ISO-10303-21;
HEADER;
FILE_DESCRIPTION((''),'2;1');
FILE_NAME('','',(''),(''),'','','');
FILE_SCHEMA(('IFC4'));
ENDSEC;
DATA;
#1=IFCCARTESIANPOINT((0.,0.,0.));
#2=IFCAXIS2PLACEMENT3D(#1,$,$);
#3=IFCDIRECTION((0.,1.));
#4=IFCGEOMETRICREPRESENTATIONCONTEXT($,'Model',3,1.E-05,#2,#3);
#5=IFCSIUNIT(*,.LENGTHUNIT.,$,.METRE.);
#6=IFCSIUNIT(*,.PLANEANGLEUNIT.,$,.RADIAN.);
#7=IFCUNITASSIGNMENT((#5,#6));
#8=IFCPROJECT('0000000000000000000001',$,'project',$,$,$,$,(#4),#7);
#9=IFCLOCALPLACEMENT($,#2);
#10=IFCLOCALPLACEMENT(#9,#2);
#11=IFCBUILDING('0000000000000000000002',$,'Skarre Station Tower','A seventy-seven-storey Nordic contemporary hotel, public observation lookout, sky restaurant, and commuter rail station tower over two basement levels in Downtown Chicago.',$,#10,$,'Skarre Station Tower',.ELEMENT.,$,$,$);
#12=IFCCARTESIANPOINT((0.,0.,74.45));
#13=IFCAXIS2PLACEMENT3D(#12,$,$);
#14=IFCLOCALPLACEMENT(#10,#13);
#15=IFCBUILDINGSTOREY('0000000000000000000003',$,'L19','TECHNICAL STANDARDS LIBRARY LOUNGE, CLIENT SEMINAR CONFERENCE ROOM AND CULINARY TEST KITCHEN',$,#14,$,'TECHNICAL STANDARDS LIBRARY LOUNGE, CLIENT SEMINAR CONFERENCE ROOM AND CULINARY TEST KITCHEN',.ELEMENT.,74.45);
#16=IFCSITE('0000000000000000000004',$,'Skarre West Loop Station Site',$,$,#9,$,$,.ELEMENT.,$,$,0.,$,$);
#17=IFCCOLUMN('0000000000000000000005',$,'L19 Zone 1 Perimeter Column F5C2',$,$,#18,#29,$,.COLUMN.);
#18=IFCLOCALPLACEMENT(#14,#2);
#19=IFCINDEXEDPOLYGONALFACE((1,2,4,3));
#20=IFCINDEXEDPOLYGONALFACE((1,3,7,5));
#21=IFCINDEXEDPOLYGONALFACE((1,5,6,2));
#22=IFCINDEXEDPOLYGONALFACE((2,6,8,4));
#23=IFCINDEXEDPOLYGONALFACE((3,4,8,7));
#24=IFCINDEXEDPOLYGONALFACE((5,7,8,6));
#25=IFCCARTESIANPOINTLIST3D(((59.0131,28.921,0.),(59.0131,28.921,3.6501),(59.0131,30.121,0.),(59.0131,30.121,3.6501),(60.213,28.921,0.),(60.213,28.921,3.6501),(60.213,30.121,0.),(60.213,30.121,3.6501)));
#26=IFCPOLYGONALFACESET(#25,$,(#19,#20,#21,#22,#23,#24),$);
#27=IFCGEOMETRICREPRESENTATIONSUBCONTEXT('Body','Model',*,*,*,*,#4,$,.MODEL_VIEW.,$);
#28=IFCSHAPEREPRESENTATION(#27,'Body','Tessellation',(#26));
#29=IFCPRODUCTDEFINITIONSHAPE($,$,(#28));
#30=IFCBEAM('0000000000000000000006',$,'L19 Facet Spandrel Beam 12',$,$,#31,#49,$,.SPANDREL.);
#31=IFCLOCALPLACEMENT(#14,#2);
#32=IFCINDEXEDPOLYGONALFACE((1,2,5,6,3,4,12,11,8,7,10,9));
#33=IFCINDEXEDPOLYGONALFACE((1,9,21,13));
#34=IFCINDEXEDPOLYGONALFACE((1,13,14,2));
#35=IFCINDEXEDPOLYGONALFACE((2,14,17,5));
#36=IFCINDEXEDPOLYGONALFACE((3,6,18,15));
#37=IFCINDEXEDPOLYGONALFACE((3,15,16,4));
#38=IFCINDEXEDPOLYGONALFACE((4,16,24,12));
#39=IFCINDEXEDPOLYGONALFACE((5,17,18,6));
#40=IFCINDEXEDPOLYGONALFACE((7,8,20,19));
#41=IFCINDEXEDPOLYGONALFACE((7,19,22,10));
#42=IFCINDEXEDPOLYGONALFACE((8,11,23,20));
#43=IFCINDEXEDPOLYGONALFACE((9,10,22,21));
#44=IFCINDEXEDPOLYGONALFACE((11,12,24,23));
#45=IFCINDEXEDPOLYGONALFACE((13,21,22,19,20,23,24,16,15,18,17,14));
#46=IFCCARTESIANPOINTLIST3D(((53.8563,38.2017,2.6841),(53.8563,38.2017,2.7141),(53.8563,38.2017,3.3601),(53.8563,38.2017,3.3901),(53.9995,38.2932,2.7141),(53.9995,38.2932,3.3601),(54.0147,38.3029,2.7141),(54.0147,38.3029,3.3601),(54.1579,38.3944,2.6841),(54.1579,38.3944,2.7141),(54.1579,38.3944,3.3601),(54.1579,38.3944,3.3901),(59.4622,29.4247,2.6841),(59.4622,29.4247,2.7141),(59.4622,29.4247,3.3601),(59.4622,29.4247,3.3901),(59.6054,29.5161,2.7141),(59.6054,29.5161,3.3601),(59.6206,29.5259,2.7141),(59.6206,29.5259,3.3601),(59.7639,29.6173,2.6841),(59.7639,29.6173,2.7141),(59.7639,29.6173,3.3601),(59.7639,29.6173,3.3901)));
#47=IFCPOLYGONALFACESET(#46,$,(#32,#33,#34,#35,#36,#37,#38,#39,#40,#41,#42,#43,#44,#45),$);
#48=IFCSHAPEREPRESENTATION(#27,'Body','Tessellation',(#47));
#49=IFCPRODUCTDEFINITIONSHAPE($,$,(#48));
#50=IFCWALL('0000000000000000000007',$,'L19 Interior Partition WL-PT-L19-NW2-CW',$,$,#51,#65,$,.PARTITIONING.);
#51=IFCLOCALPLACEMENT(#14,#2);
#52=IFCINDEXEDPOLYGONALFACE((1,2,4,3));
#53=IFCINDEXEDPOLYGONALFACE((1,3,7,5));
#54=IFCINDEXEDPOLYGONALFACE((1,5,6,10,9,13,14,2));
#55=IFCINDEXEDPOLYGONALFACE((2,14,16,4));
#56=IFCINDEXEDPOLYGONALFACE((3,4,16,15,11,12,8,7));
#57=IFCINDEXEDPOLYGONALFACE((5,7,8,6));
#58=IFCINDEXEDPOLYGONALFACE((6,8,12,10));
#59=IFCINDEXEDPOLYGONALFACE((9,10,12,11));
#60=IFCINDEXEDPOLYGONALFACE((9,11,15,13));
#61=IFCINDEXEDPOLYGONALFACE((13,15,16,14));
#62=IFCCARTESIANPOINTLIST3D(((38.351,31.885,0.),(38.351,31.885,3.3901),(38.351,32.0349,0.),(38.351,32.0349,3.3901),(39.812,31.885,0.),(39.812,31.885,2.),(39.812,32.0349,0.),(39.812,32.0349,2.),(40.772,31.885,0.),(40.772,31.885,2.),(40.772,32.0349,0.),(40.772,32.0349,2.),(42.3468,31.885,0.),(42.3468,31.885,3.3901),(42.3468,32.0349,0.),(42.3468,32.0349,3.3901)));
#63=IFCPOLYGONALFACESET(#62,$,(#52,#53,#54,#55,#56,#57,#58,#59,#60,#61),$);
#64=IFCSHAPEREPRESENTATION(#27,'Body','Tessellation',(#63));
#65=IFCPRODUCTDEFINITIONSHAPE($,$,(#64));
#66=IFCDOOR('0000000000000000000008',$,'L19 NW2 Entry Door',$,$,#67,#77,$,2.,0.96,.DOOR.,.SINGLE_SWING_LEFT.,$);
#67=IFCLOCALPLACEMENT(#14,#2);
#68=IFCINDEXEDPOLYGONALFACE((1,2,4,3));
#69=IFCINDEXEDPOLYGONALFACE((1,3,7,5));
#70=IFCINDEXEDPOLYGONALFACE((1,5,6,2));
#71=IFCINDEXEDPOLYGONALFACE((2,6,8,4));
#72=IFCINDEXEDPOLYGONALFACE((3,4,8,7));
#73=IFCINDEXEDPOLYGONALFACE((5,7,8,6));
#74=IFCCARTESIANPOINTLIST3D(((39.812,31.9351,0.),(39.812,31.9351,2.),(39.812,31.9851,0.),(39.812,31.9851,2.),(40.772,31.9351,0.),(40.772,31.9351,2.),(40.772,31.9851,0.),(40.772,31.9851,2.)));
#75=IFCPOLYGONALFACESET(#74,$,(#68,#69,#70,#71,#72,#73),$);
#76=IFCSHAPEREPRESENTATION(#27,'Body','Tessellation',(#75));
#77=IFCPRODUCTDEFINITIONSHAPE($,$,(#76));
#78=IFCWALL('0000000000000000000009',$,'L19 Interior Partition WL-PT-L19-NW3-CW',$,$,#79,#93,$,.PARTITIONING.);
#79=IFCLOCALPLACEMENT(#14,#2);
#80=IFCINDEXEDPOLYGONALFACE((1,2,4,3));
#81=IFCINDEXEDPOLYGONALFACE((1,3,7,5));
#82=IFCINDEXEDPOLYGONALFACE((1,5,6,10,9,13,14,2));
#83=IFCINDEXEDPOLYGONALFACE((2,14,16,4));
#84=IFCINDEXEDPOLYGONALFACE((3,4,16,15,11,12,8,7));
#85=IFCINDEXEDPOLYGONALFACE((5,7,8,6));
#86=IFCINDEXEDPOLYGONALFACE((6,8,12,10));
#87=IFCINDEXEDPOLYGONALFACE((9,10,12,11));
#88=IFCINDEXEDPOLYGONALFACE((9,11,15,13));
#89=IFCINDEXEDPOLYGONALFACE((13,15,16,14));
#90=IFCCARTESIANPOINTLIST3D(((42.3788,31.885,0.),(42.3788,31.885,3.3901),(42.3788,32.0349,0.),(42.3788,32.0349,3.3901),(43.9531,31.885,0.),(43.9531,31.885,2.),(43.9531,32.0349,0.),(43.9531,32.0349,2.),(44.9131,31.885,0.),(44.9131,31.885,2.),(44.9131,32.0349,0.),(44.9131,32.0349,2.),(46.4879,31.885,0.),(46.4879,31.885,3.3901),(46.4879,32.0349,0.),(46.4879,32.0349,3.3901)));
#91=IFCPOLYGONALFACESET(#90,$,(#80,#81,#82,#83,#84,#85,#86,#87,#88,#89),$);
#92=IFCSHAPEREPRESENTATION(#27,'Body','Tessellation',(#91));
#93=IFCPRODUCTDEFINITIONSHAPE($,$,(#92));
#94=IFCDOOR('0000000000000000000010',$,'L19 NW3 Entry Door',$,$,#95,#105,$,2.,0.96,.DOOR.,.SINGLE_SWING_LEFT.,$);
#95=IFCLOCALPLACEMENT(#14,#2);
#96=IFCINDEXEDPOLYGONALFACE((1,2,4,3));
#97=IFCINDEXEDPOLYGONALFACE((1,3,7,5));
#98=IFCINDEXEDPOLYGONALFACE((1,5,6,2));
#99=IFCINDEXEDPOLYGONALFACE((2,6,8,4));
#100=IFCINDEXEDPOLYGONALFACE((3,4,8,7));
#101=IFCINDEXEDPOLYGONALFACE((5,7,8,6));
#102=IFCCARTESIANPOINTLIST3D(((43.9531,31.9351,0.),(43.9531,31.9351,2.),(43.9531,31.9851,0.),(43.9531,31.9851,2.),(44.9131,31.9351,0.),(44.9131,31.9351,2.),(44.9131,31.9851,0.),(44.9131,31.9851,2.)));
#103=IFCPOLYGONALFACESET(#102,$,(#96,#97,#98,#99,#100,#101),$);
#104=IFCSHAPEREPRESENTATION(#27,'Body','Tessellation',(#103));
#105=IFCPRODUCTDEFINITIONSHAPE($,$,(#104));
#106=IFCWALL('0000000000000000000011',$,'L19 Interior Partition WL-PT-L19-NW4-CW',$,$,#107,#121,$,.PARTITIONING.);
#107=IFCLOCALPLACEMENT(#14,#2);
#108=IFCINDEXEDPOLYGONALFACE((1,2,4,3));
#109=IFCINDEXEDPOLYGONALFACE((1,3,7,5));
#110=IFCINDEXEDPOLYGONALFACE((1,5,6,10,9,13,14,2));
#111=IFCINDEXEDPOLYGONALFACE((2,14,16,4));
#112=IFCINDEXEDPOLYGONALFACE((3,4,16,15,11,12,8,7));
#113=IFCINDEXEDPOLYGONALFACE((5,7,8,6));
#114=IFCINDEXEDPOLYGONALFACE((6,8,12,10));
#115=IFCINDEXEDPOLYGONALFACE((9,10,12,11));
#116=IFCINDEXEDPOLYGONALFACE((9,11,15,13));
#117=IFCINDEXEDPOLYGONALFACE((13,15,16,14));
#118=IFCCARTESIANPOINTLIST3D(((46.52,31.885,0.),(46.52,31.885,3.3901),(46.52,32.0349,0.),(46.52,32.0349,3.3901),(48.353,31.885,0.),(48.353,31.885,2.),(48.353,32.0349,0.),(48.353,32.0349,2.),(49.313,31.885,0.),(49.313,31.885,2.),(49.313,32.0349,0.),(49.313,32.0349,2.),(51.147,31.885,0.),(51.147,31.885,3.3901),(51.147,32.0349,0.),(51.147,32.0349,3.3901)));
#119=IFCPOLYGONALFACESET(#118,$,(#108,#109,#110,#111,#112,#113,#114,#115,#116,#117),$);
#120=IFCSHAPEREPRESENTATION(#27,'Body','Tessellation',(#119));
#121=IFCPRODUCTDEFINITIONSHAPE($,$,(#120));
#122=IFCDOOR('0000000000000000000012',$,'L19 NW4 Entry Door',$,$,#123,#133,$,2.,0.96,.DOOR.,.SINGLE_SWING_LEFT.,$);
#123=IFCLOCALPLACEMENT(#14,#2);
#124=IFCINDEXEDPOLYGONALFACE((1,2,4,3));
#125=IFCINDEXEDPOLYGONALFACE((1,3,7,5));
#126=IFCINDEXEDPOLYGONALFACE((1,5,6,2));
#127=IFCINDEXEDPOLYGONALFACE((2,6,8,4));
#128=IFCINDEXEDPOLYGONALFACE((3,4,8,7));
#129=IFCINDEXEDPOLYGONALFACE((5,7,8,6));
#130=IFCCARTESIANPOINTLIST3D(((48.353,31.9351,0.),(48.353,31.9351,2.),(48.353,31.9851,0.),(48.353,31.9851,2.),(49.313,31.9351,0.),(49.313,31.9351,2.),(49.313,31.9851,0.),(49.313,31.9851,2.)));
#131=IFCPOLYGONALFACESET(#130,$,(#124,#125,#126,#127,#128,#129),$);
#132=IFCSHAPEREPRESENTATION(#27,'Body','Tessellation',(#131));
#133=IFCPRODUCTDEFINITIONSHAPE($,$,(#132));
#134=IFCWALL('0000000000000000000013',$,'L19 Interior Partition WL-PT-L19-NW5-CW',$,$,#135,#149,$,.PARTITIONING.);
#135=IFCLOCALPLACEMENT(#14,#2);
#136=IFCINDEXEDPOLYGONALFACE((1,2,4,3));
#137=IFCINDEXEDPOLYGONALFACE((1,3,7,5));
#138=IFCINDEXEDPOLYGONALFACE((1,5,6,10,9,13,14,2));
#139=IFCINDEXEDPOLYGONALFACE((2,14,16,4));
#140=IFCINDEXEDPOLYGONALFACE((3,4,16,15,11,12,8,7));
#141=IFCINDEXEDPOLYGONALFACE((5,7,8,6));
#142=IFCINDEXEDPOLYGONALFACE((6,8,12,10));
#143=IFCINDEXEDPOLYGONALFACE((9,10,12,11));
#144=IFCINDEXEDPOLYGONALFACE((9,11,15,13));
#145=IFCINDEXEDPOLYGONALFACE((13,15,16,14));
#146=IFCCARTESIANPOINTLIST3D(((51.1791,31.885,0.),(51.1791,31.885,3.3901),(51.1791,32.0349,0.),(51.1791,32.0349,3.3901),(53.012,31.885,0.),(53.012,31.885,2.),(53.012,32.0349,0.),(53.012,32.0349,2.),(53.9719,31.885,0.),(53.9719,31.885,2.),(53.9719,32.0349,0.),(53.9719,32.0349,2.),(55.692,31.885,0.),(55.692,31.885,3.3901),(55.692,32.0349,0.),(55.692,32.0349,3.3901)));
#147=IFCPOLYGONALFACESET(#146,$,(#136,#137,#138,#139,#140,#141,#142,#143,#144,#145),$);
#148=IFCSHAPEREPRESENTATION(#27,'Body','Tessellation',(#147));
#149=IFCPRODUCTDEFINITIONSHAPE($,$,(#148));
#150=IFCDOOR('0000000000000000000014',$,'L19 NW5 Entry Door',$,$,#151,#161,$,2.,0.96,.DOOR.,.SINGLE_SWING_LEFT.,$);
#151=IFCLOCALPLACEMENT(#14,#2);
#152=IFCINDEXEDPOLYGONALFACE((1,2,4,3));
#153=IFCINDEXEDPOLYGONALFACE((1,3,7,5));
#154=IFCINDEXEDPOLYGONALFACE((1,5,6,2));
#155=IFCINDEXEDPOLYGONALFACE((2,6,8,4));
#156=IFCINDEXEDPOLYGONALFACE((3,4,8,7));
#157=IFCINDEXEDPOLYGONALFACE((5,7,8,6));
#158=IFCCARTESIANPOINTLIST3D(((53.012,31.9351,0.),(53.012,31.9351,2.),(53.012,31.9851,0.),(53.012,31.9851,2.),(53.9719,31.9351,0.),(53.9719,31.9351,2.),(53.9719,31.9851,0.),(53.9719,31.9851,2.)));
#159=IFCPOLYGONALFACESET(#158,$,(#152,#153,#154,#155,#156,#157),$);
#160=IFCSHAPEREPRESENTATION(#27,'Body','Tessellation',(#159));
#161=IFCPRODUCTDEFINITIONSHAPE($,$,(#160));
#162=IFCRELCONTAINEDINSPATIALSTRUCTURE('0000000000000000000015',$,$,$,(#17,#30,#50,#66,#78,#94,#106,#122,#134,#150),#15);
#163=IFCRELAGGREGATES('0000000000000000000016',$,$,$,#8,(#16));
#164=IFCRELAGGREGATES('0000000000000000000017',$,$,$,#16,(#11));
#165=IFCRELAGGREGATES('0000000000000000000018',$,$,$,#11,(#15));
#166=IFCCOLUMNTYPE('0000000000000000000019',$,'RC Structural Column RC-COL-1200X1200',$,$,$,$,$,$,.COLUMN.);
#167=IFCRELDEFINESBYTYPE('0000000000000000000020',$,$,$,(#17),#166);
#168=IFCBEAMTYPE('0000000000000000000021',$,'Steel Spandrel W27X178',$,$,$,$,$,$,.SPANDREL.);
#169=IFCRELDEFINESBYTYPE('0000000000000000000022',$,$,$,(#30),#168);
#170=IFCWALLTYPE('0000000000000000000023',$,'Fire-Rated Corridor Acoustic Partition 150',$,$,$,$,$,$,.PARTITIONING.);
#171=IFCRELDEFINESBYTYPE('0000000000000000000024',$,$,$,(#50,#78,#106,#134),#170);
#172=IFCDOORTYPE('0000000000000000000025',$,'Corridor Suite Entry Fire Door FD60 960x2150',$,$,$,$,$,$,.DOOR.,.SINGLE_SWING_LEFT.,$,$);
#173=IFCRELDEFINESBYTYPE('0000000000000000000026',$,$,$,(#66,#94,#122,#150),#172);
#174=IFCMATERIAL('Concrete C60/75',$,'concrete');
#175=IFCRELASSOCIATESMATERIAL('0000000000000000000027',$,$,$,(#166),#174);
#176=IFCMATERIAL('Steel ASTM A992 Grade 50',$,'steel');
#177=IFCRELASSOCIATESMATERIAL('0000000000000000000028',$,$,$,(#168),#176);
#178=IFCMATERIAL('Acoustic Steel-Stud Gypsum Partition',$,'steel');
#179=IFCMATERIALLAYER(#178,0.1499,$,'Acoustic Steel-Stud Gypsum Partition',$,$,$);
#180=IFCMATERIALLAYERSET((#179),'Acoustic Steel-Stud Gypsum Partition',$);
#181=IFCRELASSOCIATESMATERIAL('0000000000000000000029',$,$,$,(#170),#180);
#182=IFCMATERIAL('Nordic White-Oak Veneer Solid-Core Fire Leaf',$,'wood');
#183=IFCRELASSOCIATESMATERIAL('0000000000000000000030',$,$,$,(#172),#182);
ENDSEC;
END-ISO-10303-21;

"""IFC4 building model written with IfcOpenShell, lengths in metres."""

from ifc_helpers import new_model, si_unit, direction, frame, frame_2d, origin, origin_2d, place, context, subcontext, project, spatial, rectangle, i_section, extrude, material, layer, layer_set, material_profile, profile_set, type_object, element, fill, save


model = new_model("IFC4")

# Units and contexts
model_context = context("Model", 3, precision=1e-05, world=origin(), true_north=direction((0.0, 1.0)))
body_context = subcontext(model_context, "Body", "Model", "MODEL_VIEW")
ifc_project = project(units=[si_unit("LENGTHUNIT", "METRE"), si_unit("PLANEANGLEUNIT", "RADIAN")], contexts=[model_context])

# Site, building, storey
site_placement = place(None, origin())
site = spatial("IfcSite", under=ifc_project, at=site_placement, Name="Skarre West Loop Station Site", CompositionType="ELEMENT", RefElevation=0.0)
building_placement = place(site_placement, origin())
building = spatial("IfcBuilding", under=site, at=building_placement, Name="Skarre Station Tower", Description="A seventy-seven-storey Nordic contemporary hotel, public observation lookout, sky restaurant, and commuter rail station tower over two basement levels in Downtown Chicago.", LongName="Skarre Station Tower", CompositionType="ELEMENT")
storey_placement = place(building_placement, frame((0.0, 0.0, 74.45)))
storey = spatial("IfcBuildingStorey", under=building, at=storey_placement, Name="L19", Description="TECHNICAL STANDARDS LIBRARY LOUNGE, CLIENT SEMINAR CONFERENCE ROOM AND CULINARY TEST KITCHEN", LongName="TECHNICAL STANDARDS LIBRARY LOUNGE, CLIENT SEMINAR CONFERENCE ROOM AND CULINARY TEST KITCHEN", CompositionType="ELEMENT", Elevation=74.45)

# Column
ifc_material_1 = material(Name="Concrete C60/75", Category="concrete")
ifc_material_profile_1 = material_profile(ifc_material_1, rectangle(XDim=1.2, YDim=1.2, at=origin_2d()), Name="Concrete C60/75")
ifc_profile_set_1 = profile_set([ifc_material_profile_1], Name="Concrete C60/75")
column_type = type_object("IfcColumnType", Name="RC Structural Column RC-COL-1200X1200", PredefinedType="COLUMN", material=ifc_profile_set_1)
column_placement = place(storey_placement, frame((59.613, 29.521, 0.0), z_axis=(0.0, 0.0, 1.0), x_axis=(1.0, 0.0, 0.0)))
element("IfcColumn", 1, at=column_placement, inside=storey, type_object=column_type, Name="L19 Zone 1 Perimeter Column F5C2", PredefinedType="COLUMN", context=body_context, shape_type="SweptSolid", body=[
    extrude(rectangle(XDim=1.2, YDim=1.2, at=origin_2d()), origin(), (0.0, 0.0, 1.0), 3.6501),
])

# Beam
ifc_material_2 = material(Name="Steel ASTM A992 Grade 50", Category="steel")
ifc_material_profile_2 = material_profile(ifc_material_2, i_section(OverallWidth=0.3579, OverallDepth=0.7061, WebThickness=0.0181, FlangeThickness=0.03, at=origin_2d()), Name="Steel ASTM A992 Grade 50")
ifc_profile_set_2 = profile_set([ifc_material_profile_2], Name="Steel ASTM A992 Grade 50")
beam_type = type_object("IfcBeamType", Name="Steel Spandrel W27X178", PredefinedType="SPANDREL", material=ifc_profile_set_2)
beam_placement = place(storey_placement, frame((59.613, 29.521, 3.0371), z_axis=(-0.538278, 0.842767, 0.0), x_axis=(-0.842767, -0.538278, 0.0)))
element("IfcBeam", 2, at=beam_placement, inside=storey, type_object=beam_type, Name="L19 Facet Spandrel Beam 12", PredefinedType="SPANDREL", context=body_context, shape_type="SweptSolid", body=[
    extrude(i_section(OverallWidth=0.3579, OverallDepth=0.7061, WebThickness=0.0181, FlangeThickness=0.03, at=origin_2d()), origin(), (0.0, 0.0, 1.0), 10.4146),
])

# Walls, openings, doors
ifc_material_3 = material(Name="Acoustic Steel-Stud Gypsum Partition", Category="steel")
ifc_layer_1 = layer(ifc_material_3, 0.1499, Name="Acoustic Steel-Stud Gypsum Partition")
ifc_layer_set_1 = layer_set([ifc_layer_1], Name="Acoustic Steel-Stud Gypsum Partition")
wall_type_1 = type_object("IfcWallType", Name="Fire-Rated Corridor Acoustic Partition 150", PredefinedType="PARTITIONING", material=ifc_layer_set_1)
wall_1_placement = place(storey_placement, frame((42.3469, 31.96, 0.0), z_axis=(0.0, 0.0, 1.0), x_axis=(-1.0, 0.0, 0.0)))
wall_1 = element("IfcWall", 3, at=wall_1_placement, inside=storey, type_object=wall_type_1, Name="L19 Interior Partition WL-PT-L19-NW2-CW", PredefinedType="PARTITIONING", context=body_context, shape_type="SweptSolid", body=[
    extrude(rectangle(XDim=3.9958, YDim=0.1499, at=frame_2d((1.998, 0.0))), origin(), (0.0, 0.0, 1.0), 3.3901),
])
opening_1_placement = place(wall_1_placement, frame((1.575, 0.0, 0.0)))
opening_1 = element("IfcOpeningElement", 4, at=opening_1_placement, cuts=wall_1, PredefinedType="OPENING", context=body_context, shape_type="SweptSolid", body=[
    extrude(rectangle(XDim=0.96, YDim=2.0, at=frame_2d((0.48, 1.0))), frame((0.0, 0.085, 0.0), z_axis=(0.0, -1.0, 0.0), x_axis=(1.0, 0.0, 0.0)), (0.0, 0.0, 1.0), 0.1699),
])
ifc_material_4 = material(Name="Nordic White-Oak Veneer Solid-Core Fire Leaf", Category="wood")
door_type_1 = type_object("IfcDoorType", Name="Corridor Suite Entry Fire Door FD60 960x2150", OperationType="SINGLE_SWING_LEFT", PredefinedType="DOOR", material=ifc_material_4)
door_1_placement = place(opening_1_placement, origin())
door_1 = element("IfcDoor", 5, at=door_1_placement, inside=storey, type_object=door_type_1, Name="L19 NW2 Entry Door", OperationType="SINGLE_SWING_LEFT", OverallHeight=2.0, OverallWidth=0.96, PredefinedType="DOOR", context=body_context, shape_type="SweptSolid", body=[
    extrude(rectangle(XDim=0.96, YDim=2.0, at=frame_2d((0.48, 1.0))), frame((0.0, 0.0249, 0.0), z_axis=(0.0, -1.0, 0.0), x_axis=(1.0, 0.0, 0.0)), (0.0, 0.0, 1.0), 0.05),
])
fill(opening_1, door_1)
wall_2_placement = place(storey_placement, frame((46.488, 31.96, 0.0), z_axis=(0.0, 0.0, 1.0), x_axis=(-1.0, 0.0, 0.0)))
wall_2 = element("IfcWall", 6, at=wall_2_placement, inside=storey, type_object=wall_type_1, Name="L19 Interior Partition WL-PT-L19-NW3-CW", PredefinedType="PARTITIONING", context=body_context, shape_type="SweptSolid", body=[
    extrude(rectangle(XDim=4.1091, YDim=0.1499, at=frame_2d((2.0547, 0.0))), origin(), (0.0, 0.0, 1.0), 3.3901),
])
opening_2_placement = place(wall_2_placement, frame((1.575, 0.0, 0.0)))
opening_2 = element("IfcOpeningElement", 7, at=opening_2_placement, cuts=wall_2, PredefinedType="OPENING", context=body_context, shape_type="SweptSolid", body=[
    extrude(rectangle(XDim=0.96, YDim=2.0, at=frame_2d((0.48, 1.0))), frame((0.0, 0.085, 0.0), z_axis=(0.0, -1.0, 0.0), x_axis=(1.0, 0.0, 0.0)), (0.0, 0.0, 1.0), 0.1699),
])
door_2_placement = place(opening_2_placement, origin())
door_2 = element("IfcDoor", 8, at=door_2_placement, inside=storey, type_object=door_type_1, Name="L19 NW3 Entry Door", OperationType="SINGLE_SWING_LEFT", OverallHeight=2.0, OverallWidth=0.96, PredefinedType="DOOR", context=body_context, shape_type="SweptSolid", body=[
    extrude(rectangle(XDim=0.96, YDim=2.0, at=frame_2d((0.48, 1.0))), frame((0.0, 0.0249, 0.0), z_axis=(0.0, -1.0, 0.0), x_axis=(1.0, 0.0, 0.0)), (0.0, 0.0, 1.0), 0.05),
])
fill(opening_2, door_2)
wall_3_placement = place(storey_placement, frame((51.147, 31.96, 0.0), z_axis=(0.0, 0.0, 1.0), x_axis=(-1.0, 0.0, 0.0)))
wall_3 = element("IfcWall", 9, at=wall_3_placement, inside=storey, type_object=wall_type_1, Name="L19 Interior Partition WL-PT-L19-NW4-CW", PredefinedType="PARTITIONING", context=body_context, shape_type="SweptSolid", body=[
    extrude(rectangle(XDim=4.627, YDim=0.1499, at=frame_2d((2.3135, 0.0))), origin(), (0.0, 0.0, 1.0), 3.3901),
])
opening_3_placement = place(wall_3_placement, frame((1.834, 0.0, 0.0)))
opening_3 = element("IfcOpeningElement", 10, at=opening_3_placement, cuts=wall_3, PredefinedType="OPENING", context=body_context, shape_type="SweptSolid", body=[
    extrude(rectangle(XDim=0.96, YDim=2.0, at=frame_2d((0.48, 1.0))), frame((0.0, 0.085, 0.0), z_axis=(0.0, -1.0, 0.0), x_axis=(1.0, 0.0, 0.0)), (0.0, 0.0, 1.0), 0.1699),
])
door_3_placement = place(opening_3_placement, origin())
door_3 = element("IfcDoor", 11, at=door_3_placement, inside=storey, type_object=door_type_1, Name="L19 NW4 Entry Door", OperationType="SINGLE_SWING_LEFT", OverallHeight=2.0, OverallWidth=0.96, PredefinedType="DOOR", context=body_context, shape_type="SweptSolid", body=[
    extrude(rectangle(XDim=0.96, YDim=2.0, at=frame_2d((0.48, 1.0))), frame((0.0, 0.0249, 0.0), z_axis=(0.0, -1.0, 0.0), x_axis=(1.0, 0.0, 0.0)), (0.0, 0.0, 1.0), 0.05),
])
fill(opening_3, door_3)
wall_4_placement = place(storey_placement, frame((55.6919, 31.96, 0.0), z_axis=(0.0, 0.0, 1.0), x_axis=(-1.0, 0.0, 0.0)))
wall_4 = element("IfcWall", 12, at=wall_4_placement, inside=storey, type_object=wall_type_1, Name="L19 Interior Partition WL-PT-L19-NW5-CW", PredefinedType="PARTITIONING", context=body_context, shape_type="SweptSolid", body=[
    extrude(rectangle(XDim=4.5129, YDim=0.1499, at=frame_2d((2.2563, 0.0))), origin(), (0.0, 0.0, 1.0), 3.3901),
])
opening_4_placement = place(wall_4_placement, frame((1.72, 0.0, 0.0)))
opening_4 = element("IfcOpeningElement", 13, at=opening_4_placement, cuts=wall_4, PredefinedType="OPENING", context=body_context, shape_type="SweptSolid", body=[
    extrude(rectangle(XDim=0.96, YDim=2.0, at=frame_2d((0.48, 1.0))), frame((0.0, 0.085, 0.0), z_axis=(0.0, -1.0, 0.0), x_axis=(1.0, 0.0, 0.0)), (0.0, 0.0, 1.0), 0.1699),
])
door_4_placement = place(opening_4_placement, origin())
door_4 = element("IfcDoor", 14, at=door_4_placement, inside=storey, type_object=door_type_1, Name="L19 NW5 Entry Door", OperationType="SINGLE_SWING_LEFT", OverallHeight=2.0, OverallWidth=0.96, PredefinedType="DOOR", context=body_context, shape_type="SweptSolid", body=[
    extrude(rectangle(XDim=0.96, YDim=2.0, at=frame_2d((0.48, 1.0))), frame((0.0, 0.0249, 0.0), z_axis=(0.0, -1.0, 0.0), x_axis=(1.0, 0.0, 0.0)), (0.0, 0.0, 1.0), 0.05),
])
fill(opening_4, door_4)

save(model, "model.ifc")
